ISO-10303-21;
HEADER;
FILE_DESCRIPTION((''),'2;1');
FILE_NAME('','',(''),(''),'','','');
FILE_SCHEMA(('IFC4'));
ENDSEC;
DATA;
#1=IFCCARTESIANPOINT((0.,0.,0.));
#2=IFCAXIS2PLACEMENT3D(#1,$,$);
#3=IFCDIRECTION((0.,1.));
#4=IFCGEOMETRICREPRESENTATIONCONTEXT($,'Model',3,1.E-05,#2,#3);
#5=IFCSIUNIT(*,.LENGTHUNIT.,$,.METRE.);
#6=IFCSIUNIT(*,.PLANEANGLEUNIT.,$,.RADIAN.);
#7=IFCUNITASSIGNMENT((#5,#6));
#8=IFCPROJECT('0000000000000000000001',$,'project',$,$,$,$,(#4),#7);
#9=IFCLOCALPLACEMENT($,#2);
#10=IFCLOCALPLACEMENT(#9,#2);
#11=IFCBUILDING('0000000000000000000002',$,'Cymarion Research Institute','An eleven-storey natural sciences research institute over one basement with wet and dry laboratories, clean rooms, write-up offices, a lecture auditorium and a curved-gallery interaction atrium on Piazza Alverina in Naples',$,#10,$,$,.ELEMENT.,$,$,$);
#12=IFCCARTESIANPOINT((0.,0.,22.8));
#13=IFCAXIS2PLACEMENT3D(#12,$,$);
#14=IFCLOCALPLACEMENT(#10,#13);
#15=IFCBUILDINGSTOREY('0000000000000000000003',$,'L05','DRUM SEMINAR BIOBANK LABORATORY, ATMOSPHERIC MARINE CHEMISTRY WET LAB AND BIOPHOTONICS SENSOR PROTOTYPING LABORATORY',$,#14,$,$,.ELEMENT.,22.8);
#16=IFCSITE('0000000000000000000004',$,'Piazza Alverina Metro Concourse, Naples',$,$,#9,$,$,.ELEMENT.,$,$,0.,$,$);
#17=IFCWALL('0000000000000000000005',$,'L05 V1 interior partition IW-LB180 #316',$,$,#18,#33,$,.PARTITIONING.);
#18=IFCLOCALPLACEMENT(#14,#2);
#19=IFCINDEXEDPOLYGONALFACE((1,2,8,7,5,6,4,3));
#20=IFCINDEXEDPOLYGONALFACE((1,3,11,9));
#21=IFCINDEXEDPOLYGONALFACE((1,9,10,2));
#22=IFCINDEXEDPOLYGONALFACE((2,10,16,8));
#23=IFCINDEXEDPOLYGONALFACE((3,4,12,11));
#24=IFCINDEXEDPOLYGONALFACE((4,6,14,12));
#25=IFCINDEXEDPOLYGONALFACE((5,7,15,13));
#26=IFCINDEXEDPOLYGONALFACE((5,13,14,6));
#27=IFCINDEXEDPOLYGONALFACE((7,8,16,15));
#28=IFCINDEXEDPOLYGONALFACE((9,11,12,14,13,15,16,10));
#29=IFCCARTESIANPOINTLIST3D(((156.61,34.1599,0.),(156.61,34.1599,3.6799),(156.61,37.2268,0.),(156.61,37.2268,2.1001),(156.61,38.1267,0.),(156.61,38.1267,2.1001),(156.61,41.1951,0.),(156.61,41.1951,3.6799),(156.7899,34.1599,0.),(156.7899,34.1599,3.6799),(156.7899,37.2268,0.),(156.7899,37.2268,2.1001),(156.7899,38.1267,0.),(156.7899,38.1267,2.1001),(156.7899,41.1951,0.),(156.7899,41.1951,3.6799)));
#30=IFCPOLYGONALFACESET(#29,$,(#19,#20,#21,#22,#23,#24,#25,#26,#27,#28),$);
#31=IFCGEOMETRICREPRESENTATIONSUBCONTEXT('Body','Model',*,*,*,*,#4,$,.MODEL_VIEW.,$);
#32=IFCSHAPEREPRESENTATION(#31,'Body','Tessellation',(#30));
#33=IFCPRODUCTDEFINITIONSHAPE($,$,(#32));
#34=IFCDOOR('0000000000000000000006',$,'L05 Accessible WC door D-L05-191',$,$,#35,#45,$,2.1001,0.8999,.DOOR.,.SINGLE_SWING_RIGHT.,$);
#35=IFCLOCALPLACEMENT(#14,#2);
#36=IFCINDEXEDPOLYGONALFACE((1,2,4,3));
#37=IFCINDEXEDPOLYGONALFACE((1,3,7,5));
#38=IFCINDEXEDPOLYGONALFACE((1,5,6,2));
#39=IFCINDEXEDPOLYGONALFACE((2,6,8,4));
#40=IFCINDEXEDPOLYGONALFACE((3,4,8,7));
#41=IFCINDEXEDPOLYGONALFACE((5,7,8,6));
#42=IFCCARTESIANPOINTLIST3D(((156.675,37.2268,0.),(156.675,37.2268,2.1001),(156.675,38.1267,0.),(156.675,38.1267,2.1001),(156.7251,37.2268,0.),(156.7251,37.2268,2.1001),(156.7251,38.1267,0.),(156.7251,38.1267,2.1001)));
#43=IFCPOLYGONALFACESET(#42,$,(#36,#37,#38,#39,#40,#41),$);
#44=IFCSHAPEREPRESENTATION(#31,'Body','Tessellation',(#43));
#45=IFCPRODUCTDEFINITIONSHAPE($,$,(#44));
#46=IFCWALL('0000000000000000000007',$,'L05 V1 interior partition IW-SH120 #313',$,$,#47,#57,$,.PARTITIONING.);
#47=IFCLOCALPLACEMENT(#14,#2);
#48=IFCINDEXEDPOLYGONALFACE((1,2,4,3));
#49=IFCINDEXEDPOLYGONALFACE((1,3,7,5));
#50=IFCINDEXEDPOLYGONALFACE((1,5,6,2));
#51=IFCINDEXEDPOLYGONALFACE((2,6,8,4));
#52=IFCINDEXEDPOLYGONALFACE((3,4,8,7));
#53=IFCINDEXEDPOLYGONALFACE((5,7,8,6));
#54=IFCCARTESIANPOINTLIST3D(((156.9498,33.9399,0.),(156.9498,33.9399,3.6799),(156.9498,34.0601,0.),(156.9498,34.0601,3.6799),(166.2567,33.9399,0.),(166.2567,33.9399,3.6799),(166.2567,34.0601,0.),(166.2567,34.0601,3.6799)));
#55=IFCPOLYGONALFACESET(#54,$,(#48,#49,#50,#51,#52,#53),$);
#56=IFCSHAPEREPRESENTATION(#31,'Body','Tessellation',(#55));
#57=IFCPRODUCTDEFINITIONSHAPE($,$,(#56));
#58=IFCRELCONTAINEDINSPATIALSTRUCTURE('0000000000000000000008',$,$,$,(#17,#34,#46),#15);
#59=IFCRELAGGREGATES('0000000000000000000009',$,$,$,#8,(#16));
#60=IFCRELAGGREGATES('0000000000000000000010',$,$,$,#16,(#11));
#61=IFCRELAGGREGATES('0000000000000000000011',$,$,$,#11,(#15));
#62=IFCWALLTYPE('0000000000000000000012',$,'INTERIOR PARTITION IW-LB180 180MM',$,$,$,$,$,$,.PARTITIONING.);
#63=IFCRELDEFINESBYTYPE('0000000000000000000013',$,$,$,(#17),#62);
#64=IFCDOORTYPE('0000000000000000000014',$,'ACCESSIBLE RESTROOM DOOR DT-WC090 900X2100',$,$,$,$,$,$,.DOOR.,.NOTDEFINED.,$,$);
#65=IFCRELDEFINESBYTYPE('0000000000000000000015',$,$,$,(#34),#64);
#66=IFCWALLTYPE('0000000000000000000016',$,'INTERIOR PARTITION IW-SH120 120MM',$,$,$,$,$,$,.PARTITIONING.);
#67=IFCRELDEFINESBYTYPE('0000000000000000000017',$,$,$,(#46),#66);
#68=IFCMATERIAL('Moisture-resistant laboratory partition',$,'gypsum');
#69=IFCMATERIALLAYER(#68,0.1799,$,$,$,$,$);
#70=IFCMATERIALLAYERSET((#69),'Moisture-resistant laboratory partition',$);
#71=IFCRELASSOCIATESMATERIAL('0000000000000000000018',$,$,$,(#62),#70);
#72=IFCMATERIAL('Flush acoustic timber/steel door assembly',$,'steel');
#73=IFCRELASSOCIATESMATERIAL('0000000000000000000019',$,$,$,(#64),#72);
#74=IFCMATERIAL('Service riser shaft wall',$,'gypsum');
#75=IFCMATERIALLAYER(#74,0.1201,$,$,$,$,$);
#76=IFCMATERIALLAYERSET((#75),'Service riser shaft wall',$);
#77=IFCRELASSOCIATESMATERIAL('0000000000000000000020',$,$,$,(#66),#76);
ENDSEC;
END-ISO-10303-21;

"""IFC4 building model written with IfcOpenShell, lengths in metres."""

from ifc_helpers import new_model, si_unit, direction, frame, frame_2d, origin, place, context, subcontext, project, spatial, rectangle, extrude, material, layer, layer_set, type_object, element, fill, save


model = new_model("IFC4")

# Units and contexts
model_context = context("Model", 3, precision=1e-05, world=origin(), true_north=direction((0.0, 1.0)))
body_context = subcontext(model_context, "Body", "Model", "MODEL_VIEW")
ifc_project = project(units=[si_unit("LENGTHUNIT", "METRE"), si_unit("PLANEANGLEUNIT", "RADIAN")], contexts=[model_context])

# Site, building, storey
site_placement = place(None, origin())
site = spatial("IfcSite", under=ifc_project, at=site_placement, Name="Piazza Alverina Metro Concourse, Naples", CompositionType="ELEMENT", RefElevation=0.0)
building_placement = place(site_placement, origin())
building = spatial("IfcBuilding", under=site, at=building_placement, Name="Cymarion Research Institute", Description="An eleven-storey natural sciences research institute over one basement with wet and dry laboratories, clean rooms, write-up offices, a lecture auditorium and a curved-gallery interaction atrium on Piazza Alverina in Naples", CompositionType="ELEMENT")
storey_placement = place(building_placement, frame((0.0, 0.0, 22.8)))
storey = spatial("IfcBuildingStorey", under=building, at=storey_placement, Name="L05", Description="DRUM SEMINAR BIOBANK LABORATORY, ATMOSPHERIC MARINE CHEMISTRY WET LAB AND BIOPHOTONICS SENSOR PROTOTYPING LABORATORY", CompositionType="ELEMENT", Elevation=22.8)

# Wall, opening, door
ifc_material_1 = material(Name="Moisture-resistant laboratory partition", Category="gypsum")
ifc_layer_1 = layer(ifc_material_1, 0.1799)
ifc_layer_set_1 = layer_set([ifc_layer_1], Name="Moisture-resistant laboratory partition")
wall_type_1 = type_object("IfcWallType", Name="INTERIOR PARTITION IW-LB180 180MM", PredefinedType="PARTITIONING", material=ifc_layer_set_1)
wall_1_placement = place(storey_placement, frame((156.7, 34.1599, 0.0), z_axis=(0.0, 0.0, 1.0), x_axis=(0.0, 1.0, 0.0)))
wall_1 = element("IfcWall", 1, at=wall_1_placement, inside=storey, type_object=wall_type_1, Name="L05 V1 interior partition IW-LB180 #316", PredefinedType="PARTITIONING", context=body_context, shape_type="SweptSolid", body=[
    extrude(rectangle(XDim=7.0352, YDim=0.1799, at=frame_2d((3.5176, 0.0))), origin(), (0.0, 0.0, 1.0), 3.6799),
])
opening_placement = place(wall_1_placement, frame((3.0669, 0.0, 0.0)))
opening = element("IfcOpeningElement", 2, at=opening_placement, cuts=wall_1, PredefinedType="OPENING", context=body_context, shape_type="SweptSolid", body=[
    extrude(rectangle(XDim=0.8999, YDim=2.1001, at=frame_2d((0.45, 1.05))), frame((0.0, 0.0999, 0.0), z_axis=(0.0, -1.0, 0.0), x_axis=(1.0, 0.0, 0.0)), (0.0, 0.0, 1.0), 0.2),
])
ifc_material_2 = material(Name="Flush acoustic timber/steel door assembly", Category="steel")
door_type = type_object("IfcDoorType", Name="ACCESSIBLE RESTROOM DOOR DT-WC090 900X2100", OperationType="NOTDEFINED", PredefinedType="DOOR", material=ifc_material_2)
door_placement = place(opening_placement, origin())
door = element("IfcDoor", 3, at=door_placement, inside=storey, type_object=door_type, Name="L05 Accessible WC door D-L05-191", OperationType="SINGLE_SWING_RIGHT", OverallHeight=2.1001, OverallWidth=0.8999, PredefinedType="DOOR", context=body_context, shape_type="SweptSolid", body=[
    extrude(rectangle(XDim=0.8999, YDim=2.1001, at=frame_2d((0.45, 1.05))), frame((0.0, 0.0249, 0.0), z_axis=(0.0, -1.0, 0.0), x_axis=(1.0, 0.0, 0.0)), (0.0, 0.0, 1.0), 0.05),
])
fill(opening, door)

# Wall
ifc_material_3 = material(Name="Service riser shaft wall", Category="gypsum")
ifc_layer_2 = layer(ifc_material_3, 0.1201)
ifc_layer_set_2 = layer_set([ifc_layer_2], Name="Service riser shaft wall")
wall_type_2 = type_object("IfcWallType", Name="INTERIOR PARTITION IW-SH120 120MM", PredefinedType="PARTITIONING", material=ifc_layer_set_2)
wall_2_placement = place(storey_placement, frame((156.95, 34.0, 0.0), z_axis=(0.0, 0.0, 1.0), x_axis=(1.0, 0.0, 0.0)))
element("IfcWall", 4, at=wall_2_placement, inside=storey, type_object=wall_type_2, Name="L05 V1 interior partition IW-SH120 #313", PredefinedType="PARTITIONING", context=body_context, shape_type="SweptSolid", body=[
    extrude(rectangle(XDim=9.3069, YDim=0.1201, at=frame_2d((4.6533, 0.0))), origin(), (0.0, 0.0, 1.0), 3.6799),
])

save(model, "model.ifc")
